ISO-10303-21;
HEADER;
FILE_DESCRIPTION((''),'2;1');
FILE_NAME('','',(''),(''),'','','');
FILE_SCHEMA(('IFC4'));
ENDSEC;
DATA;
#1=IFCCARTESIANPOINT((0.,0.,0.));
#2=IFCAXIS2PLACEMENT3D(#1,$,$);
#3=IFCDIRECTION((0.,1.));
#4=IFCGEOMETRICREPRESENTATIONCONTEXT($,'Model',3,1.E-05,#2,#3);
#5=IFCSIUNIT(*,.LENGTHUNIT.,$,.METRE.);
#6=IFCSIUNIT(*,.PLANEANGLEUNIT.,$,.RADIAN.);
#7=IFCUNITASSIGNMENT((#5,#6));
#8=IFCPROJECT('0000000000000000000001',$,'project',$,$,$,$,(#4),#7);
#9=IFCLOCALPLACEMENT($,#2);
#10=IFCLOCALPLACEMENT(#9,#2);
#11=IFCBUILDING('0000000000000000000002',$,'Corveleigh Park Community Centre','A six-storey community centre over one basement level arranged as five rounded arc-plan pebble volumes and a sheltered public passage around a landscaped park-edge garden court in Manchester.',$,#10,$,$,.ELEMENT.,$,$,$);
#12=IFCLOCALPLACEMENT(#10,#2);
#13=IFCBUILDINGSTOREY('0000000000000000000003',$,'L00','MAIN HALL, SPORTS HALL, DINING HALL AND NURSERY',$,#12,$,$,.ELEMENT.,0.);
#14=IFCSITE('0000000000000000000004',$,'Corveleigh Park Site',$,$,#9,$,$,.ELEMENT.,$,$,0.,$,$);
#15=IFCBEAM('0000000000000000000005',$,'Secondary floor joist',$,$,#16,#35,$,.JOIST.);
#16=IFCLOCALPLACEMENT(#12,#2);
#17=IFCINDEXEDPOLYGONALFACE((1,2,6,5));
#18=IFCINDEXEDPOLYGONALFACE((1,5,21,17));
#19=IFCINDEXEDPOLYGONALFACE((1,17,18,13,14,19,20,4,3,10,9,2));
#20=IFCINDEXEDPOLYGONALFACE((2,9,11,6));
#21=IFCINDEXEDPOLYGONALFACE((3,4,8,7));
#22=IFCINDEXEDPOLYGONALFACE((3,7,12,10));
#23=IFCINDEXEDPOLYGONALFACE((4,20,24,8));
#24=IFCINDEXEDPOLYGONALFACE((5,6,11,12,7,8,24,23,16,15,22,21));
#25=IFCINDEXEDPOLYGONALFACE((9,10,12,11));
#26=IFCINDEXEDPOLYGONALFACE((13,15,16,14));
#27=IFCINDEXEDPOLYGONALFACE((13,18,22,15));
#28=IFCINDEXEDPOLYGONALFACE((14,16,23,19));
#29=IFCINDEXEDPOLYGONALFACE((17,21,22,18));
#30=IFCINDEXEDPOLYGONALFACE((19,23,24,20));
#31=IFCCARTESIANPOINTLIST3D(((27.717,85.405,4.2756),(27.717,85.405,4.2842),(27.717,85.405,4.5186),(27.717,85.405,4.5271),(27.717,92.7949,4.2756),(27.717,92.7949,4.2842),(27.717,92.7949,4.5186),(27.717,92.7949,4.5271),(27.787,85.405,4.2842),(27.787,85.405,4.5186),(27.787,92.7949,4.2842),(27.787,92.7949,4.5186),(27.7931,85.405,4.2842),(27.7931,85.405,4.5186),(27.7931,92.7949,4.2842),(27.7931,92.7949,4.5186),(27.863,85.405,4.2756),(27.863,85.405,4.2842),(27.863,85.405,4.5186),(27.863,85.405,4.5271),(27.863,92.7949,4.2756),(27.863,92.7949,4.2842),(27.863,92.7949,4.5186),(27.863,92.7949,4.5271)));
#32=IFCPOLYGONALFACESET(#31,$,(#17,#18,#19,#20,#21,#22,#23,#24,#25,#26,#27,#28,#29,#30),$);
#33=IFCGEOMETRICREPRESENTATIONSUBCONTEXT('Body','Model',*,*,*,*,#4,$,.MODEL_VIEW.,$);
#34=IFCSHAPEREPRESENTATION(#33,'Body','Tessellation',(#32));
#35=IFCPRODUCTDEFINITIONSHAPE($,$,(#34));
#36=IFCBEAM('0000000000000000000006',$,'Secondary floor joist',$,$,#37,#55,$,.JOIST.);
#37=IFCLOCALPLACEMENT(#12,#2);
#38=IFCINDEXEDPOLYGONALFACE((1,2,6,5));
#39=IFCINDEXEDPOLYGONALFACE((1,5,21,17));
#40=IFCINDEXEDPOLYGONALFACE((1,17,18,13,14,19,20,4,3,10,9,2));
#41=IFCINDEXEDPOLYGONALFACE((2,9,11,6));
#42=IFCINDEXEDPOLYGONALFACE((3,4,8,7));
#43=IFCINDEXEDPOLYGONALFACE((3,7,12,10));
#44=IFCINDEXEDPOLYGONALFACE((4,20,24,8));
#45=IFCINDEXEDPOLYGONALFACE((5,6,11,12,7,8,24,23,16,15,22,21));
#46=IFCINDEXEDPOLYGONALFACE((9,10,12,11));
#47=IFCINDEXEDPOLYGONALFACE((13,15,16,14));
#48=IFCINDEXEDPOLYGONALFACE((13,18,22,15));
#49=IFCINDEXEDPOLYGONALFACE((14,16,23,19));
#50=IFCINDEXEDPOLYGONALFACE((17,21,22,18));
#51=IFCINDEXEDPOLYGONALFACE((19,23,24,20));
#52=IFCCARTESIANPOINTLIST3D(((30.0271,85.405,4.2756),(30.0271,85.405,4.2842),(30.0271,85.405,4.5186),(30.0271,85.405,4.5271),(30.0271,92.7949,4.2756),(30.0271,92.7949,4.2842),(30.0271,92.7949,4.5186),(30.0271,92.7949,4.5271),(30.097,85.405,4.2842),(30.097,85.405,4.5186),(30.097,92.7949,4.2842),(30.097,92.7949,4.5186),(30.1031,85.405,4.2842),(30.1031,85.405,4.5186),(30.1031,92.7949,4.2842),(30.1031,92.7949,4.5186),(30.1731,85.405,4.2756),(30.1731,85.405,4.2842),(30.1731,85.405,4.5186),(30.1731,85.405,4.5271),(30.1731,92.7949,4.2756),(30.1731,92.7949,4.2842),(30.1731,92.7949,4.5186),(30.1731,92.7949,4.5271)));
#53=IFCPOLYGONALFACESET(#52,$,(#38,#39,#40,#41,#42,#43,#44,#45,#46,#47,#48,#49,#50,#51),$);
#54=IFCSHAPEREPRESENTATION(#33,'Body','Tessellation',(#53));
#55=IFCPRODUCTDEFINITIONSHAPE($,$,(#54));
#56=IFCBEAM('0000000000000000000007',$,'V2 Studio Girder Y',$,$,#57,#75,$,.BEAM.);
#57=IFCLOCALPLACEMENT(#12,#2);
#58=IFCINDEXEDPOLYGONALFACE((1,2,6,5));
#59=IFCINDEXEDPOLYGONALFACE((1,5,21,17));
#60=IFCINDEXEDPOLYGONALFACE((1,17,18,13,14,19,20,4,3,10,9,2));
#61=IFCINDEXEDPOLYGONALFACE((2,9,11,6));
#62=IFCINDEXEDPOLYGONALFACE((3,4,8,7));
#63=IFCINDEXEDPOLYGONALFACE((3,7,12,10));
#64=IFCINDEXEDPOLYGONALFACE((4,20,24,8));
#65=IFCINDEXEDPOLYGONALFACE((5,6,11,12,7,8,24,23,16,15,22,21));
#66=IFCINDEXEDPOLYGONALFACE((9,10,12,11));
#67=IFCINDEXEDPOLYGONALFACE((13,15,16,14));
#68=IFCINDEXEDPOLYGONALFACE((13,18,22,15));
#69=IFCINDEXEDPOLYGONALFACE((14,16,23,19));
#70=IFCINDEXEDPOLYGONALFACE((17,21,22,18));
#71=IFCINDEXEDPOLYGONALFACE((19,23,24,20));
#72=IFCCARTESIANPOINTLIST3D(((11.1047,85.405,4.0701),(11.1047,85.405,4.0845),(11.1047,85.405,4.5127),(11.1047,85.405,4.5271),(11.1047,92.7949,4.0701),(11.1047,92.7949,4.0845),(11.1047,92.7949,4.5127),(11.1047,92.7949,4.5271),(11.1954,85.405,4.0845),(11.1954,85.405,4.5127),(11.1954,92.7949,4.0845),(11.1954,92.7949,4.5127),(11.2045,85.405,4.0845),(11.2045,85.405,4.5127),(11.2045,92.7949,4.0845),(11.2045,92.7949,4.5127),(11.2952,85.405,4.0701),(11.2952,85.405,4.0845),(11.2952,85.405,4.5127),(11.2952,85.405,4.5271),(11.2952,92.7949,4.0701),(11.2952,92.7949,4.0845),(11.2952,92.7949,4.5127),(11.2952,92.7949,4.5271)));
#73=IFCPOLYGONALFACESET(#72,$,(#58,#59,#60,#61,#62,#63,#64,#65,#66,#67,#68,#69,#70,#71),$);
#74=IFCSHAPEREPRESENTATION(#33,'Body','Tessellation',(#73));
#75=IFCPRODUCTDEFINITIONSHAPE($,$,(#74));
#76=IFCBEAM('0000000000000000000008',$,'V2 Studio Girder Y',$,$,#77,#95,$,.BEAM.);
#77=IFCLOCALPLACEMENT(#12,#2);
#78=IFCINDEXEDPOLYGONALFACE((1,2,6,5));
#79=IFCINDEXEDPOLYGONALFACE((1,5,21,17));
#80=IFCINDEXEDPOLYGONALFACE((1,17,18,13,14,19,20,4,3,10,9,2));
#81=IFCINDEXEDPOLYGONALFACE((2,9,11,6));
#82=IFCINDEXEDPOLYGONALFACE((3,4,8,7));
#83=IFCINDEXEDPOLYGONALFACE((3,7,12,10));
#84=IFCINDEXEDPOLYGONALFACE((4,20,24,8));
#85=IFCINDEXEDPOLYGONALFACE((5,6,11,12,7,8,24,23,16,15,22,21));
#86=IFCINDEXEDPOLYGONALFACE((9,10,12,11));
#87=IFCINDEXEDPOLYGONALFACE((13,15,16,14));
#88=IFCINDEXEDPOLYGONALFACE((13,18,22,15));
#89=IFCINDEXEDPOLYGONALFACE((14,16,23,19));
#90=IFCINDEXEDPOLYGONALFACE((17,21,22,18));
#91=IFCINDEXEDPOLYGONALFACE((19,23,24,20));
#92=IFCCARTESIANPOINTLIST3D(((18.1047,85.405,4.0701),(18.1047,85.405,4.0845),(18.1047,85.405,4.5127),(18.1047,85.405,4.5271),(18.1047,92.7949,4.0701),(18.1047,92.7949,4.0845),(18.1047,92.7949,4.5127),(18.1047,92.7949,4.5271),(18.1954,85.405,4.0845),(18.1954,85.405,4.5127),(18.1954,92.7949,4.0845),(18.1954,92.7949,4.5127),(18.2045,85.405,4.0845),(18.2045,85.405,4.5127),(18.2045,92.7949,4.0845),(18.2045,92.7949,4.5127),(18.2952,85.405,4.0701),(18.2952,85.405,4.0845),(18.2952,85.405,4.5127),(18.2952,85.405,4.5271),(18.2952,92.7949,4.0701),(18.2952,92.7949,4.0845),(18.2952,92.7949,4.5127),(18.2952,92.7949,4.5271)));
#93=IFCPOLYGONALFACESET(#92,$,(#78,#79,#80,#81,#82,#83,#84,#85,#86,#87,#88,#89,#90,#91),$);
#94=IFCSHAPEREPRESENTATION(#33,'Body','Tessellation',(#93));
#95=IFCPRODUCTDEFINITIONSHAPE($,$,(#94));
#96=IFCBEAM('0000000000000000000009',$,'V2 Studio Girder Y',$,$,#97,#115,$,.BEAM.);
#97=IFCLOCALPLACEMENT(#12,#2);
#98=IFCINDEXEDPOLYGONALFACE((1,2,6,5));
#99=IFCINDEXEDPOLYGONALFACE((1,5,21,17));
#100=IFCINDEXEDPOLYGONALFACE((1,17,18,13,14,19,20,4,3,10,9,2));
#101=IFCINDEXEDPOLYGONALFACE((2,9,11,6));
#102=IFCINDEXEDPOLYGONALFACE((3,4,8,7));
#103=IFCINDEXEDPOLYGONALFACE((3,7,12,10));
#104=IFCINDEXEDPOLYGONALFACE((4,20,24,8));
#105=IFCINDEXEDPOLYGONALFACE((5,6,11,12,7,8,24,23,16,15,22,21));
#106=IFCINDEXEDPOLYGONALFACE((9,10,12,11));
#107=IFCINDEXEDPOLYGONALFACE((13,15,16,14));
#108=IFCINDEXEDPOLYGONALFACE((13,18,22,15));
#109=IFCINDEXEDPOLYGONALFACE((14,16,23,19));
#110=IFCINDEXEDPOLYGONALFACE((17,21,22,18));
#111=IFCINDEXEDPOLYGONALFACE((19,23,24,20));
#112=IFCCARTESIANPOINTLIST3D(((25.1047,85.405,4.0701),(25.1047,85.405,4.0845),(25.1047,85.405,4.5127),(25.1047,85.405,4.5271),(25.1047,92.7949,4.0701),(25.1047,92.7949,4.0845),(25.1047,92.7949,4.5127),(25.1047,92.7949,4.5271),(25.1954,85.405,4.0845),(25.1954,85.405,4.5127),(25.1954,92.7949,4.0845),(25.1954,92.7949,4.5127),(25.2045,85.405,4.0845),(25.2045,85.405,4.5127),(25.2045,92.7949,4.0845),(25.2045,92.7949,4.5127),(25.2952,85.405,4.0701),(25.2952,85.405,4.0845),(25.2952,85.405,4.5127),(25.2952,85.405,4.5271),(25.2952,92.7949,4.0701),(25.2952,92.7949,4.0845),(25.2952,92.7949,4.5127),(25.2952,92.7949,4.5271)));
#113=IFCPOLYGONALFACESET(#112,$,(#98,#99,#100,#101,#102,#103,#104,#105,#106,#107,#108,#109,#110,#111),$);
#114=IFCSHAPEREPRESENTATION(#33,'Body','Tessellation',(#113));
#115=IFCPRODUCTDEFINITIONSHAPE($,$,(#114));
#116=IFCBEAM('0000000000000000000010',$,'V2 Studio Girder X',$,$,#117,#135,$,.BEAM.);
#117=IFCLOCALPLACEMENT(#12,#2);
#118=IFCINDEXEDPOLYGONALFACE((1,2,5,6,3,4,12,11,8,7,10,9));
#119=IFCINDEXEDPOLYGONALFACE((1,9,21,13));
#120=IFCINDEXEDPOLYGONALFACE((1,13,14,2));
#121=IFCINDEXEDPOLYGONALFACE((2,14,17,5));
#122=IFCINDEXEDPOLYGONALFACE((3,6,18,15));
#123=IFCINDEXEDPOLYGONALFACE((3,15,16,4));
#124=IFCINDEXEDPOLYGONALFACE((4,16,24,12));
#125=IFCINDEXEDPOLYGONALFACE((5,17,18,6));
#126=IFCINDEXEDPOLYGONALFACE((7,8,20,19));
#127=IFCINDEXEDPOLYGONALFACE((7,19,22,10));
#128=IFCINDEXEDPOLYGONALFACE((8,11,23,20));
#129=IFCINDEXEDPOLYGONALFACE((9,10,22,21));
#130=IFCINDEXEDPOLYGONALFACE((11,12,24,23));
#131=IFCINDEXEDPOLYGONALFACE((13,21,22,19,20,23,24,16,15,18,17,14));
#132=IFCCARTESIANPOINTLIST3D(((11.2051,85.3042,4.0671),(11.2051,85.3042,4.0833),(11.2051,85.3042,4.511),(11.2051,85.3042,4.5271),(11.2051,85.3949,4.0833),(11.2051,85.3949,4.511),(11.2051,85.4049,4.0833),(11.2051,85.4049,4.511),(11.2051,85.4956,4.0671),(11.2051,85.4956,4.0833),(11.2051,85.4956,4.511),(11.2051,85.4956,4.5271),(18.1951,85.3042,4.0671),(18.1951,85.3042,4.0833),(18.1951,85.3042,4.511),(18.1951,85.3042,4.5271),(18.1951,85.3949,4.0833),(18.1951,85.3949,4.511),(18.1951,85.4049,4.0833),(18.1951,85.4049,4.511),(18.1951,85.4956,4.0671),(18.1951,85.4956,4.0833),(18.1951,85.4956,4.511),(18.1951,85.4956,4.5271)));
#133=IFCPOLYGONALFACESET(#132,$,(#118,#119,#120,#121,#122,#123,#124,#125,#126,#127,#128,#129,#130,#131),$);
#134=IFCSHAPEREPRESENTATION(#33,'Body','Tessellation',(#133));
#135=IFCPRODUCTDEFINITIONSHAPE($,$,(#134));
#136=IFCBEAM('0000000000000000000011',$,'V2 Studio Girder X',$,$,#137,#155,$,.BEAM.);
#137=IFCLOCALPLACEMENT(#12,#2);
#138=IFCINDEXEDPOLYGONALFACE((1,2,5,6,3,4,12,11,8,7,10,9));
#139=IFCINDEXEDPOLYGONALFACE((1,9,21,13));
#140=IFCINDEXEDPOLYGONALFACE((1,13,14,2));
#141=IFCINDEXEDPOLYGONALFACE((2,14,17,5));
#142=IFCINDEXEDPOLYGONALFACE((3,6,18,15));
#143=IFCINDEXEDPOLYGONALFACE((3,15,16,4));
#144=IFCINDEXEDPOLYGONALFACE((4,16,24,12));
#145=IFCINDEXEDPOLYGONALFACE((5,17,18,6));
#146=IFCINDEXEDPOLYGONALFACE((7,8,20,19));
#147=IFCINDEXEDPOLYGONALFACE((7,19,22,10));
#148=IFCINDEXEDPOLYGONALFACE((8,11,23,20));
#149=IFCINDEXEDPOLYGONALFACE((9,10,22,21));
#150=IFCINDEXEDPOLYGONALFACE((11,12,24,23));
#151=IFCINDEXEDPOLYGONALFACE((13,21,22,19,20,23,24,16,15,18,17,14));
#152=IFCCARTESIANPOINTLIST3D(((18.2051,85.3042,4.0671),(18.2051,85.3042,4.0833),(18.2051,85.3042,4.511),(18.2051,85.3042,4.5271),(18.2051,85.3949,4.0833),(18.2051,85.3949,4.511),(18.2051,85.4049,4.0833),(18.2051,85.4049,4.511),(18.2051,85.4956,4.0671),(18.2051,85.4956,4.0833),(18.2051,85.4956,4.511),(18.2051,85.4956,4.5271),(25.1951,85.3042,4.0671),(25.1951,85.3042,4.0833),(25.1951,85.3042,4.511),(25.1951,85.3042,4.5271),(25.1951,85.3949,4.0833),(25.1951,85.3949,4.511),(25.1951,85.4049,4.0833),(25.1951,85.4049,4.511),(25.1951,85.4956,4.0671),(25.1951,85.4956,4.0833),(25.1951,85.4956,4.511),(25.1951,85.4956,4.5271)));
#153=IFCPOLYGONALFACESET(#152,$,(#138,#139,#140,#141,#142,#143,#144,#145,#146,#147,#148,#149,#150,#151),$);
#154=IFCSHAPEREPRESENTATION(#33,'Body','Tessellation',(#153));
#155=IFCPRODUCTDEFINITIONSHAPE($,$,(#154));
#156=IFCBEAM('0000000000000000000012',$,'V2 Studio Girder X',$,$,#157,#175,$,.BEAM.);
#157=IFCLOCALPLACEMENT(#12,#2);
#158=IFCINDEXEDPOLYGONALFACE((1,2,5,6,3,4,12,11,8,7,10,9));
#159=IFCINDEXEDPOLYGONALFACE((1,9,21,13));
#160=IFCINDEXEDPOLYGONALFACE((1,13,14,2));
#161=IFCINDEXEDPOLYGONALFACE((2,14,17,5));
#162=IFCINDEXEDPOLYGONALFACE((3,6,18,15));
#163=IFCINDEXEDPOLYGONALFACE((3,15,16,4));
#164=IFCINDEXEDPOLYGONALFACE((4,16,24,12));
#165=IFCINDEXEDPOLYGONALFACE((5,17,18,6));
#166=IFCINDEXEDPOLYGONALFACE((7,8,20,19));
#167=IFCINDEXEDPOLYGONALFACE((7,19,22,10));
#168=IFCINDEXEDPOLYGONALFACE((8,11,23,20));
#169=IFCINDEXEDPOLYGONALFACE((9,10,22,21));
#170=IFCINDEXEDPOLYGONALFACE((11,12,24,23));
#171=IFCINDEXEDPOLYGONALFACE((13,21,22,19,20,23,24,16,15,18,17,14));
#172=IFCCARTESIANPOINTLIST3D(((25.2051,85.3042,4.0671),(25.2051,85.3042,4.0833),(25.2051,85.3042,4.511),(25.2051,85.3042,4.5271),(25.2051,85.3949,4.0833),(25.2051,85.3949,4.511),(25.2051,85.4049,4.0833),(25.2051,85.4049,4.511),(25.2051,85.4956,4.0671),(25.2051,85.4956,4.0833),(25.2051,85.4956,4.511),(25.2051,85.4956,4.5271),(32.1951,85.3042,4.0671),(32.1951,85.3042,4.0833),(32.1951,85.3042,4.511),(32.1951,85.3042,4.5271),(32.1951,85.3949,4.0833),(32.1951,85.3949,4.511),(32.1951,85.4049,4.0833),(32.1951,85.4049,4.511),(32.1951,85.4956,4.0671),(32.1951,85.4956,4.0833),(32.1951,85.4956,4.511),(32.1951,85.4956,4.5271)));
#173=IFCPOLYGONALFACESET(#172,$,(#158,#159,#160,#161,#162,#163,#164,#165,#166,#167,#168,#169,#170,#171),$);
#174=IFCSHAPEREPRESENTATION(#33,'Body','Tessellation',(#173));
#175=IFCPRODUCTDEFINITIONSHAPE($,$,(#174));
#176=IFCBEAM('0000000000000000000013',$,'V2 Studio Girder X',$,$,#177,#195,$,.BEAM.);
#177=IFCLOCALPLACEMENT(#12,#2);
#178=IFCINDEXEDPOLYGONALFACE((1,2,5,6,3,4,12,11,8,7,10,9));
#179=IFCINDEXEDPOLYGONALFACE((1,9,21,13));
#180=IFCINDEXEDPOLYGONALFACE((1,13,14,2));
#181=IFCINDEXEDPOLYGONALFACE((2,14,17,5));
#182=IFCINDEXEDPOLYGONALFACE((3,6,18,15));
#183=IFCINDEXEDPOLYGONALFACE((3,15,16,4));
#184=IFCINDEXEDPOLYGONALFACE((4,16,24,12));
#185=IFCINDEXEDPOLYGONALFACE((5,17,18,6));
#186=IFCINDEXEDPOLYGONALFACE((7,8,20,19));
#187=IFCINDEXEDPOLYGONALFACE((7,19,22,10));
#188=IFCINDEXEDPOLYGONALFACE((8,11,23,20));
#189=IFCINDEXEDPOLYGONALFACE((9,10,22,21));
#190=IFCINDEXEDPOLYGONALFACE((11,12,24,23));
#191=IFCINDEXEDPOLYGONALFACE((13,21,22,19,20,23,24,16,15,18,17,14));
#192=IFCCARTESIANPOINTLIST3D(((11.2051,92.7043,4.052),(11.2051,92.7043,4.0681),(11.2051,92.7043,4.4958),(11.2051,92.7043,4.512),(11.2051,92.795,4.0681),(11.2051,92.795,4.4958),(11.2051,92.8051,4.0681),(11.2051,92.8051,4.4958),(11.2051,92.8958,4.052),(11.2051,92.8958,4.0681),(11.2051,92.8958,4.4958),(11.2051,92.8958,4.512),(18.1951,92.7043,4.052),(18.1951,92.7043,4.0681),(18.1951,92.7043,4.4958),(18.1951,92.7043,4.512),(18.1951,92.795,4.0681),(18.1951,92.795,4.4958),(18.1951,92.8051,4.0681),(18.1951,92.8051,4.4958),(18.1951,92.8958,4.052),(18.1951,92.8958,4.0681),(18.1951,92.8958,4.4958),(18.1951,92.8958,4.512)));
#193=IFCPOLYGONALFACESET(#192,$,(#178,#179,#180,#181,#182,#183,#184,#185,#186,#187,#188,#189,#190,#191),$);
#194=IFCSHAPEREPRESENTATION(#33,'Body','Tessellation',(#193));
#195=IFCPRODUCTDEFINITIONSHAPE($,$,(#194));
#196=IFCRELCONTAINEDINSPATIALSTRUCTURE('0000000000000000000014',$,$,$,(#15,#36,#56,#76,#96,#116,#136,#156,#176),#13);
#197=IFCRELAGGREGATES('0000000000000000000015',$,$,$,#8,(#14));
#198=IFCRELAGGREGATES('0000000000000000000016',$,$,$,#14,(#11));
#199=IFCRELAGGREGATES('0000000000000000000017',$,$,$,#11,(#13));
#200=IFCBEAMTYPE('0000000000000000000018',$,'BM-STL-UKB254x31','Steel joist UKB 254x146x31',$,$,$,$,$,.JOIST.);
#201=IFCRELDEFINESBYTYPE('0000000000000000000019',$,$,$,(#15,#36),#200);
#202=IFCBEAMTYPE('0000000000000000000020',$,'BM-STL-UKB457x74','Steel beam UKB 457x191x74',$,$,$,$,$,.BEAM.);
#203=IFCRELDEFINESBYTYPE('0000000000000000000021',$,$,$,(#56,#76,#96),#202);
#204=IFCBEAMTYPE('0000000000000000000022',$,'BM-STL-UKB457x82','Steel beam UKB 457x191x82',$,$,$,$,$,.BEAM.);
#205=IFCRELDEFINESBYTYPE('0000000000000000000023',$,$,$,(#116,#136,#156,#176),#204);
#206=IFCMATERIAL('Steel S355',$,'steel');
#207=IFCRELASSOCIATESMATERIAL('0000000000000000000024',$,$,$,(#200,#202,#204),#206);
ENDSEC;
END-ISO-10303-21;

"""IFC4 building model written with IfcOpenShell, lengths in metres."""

from ifc_helpers import new_model, si_unit, direction, frame, origin, origin_2d, place, context, subcontext, project, spatial, i_section, extrude, material, material_profile, profile_set, type_object, element, save


model = new_model("IFC4")

# Units and contexts
model_context = context("Model", 3, precision=1e-05, world=origin(), true_north=direction((0.0, 1.0)))
body_context = subcontext(model_context, "Body", "Model", "MODEL_VIEW")
ifc_project = project(units=[si_unit("LENGTHUNIT", "METRE"), si_unit("PLANEANGLEUNIT", "RADIAN")], contexts=[model_context])

# Site, building, storey
site_placement = place(None, origin())
site = spatial("IfcSite", under=ifc_project, at=site_placement, Name="Corveleigh Park Site", CompositionType="ELEMENT", RefElevation=0.0)
building_placement = place(site_placement, origin())
building = spatial("IfcBuilding", under=site, at=building_placement, Name="Corveleigh Park Community Centre", Description="A six-storey community centre over one basement level arranged as five rounded arc-plan pebble volumes and a sheltered public passage around a landscaped park-edge garden court in Manchester.", CompositionType="ELEMENT")
storey_placement = place(building_placement, origin())
storey = spatial("IfcBuildingStorey", under=building, at=storey_placement, Name="L00", Description="MAIN HALL, SPORTS HALL, DINING HALL AND NURSERY", CompositionType="ELEMENT", Elevation=0.0)

# Shared definitions
ifc_material_1 = material(Name="Steel S355", Category="steel")

# Beams
ifc_material_profile_1 = material_profile(ifc_material_1, i_section(OverallWidth=0.146, OverallDepth=0.2515, WebThickness=0.0061, FlangeThickness=0.0085, at=origin_2d()), Name="UKB 254x146x31", Category="steel")
ifc_profile_set_1 = profile_set([ifc_material_profile_1], Name="Steel S355")
beam_type_1 = type_object("IfcBeamType", Name="BM-STL-UKB254x31", Description="Steel joist UKB 254x146x31", PredefinedType="JOIST", material=ifc_profile_set_1)
for number, where, z_axis, x_axis, name in (
    (1, (27.79, 85.405, 4.4014), (0.0, 1.0, 0.0), (-1.0, 0.0, 0.0), "Secondary floor joist"),
    (2, (30.1001, 85.405, 4.4014), (0.0, 1.0, 0.0), (-1.0, 0.0, 0.0), "Secondary floor joist"),
):
    element("IfcBeam", number, at=place(storey_placement, frame(where, z_axis=z_axis, x_axis=x_axis)), inside=storey, type_object=beam_type_1, Name=name, PredefinedType="JOIST", context=body_context, shape_type="SweptSolid", body=[
        extrude(i_section(OverallWidth=0.146, OverallDepth=0.2515, WebThickness=0.0061, FlangeThickness=0.0085, at=origin_2d()), origin(), (0.0, 0.0, 1.0), 7.3899),
    ])
ifc_material_profile_2 = material_profile(ifc_material_1, i_section(OverallWidth=0.1904, OverallDepth=0.457, WebThickness=0.009, FlangeThickness=0.0144, at=origin_2d()), Name="UKB 457x191x74", Category="steel")
ifc_profile_set_2 = profile_set([ifc_material_profile_2], Name="Steel S355")
beam_type_2 = type_object("IfcBeamType", Name="BM-STL-UKB457x74", Description="Steel beam UKB 457x191x74", PredefinedType="BEAM", material=ifc_profile_set_2)
for number, where, z_axis, x_axis, name in (
    (3, (11.2, 85.405, 4.2986), (0.0, 1.0, 0.0), (-1.0, 0.0, 0.0), "V2 Studio Girder Y"),
    (4, (18.2, 85.405, 4.2986), (0.0, 1.0, 0.0), (-1.0, 0.0, 0.0), "V2 Studio Girder Y"),
    (5, (25.2, 85.405, 4.2986), (0.0, 1.0, 0.0), (-1.0, 0.0, 0.0), "V2 Studio Girder Y"),
):
    element("IfcBeam", number, at=place(storey_placement, frame(where, z_axis=z_axis, x_axis=x_axis)), inside=storey, type_object=beam_type_2, Name=name, PredefinedType="BEAM", context=body_context, shape_type="SweptSolid", body=[
        extrude(i_section(OverallWidth=0.1904, OverallDepth=0.457, WebThickness=0.009, FlangeThickness=0.0144, at=origin_2d()), origin(), (0.0, 0.0, 1.0), 7.3899),
    ])
ifc_material_profile_3 = material_profile(ifc_material_1, i_section(OverallWidth=0.1914, OverallDepth=0.46, WebThickness=0.01, FlangeThickness=0.0161, at=origin_2d()), Name="UKB 457x191x82", Category="steel")
ifc_profile_set_3 = profile_set([ifc_material_profile_3], Name="Steel S355")
beam_type_3 = type_object("IfcBeamType", Name="BM-STL-UKB457x82", Description="Steel beam UKB 457x191x82", PredefinedType="BEAM", material=ifc_profile_set_3)
for number, where, z_axis, x_axis, name in (
    (6, (11.2051, 85.3999, 4.2971), (1.0, 0.0, 0.0), (0.0, 1.0, 0.0), "V2 Studio Girder X"),
    (7, (18.2051, 85.3999, 4.2971), (1.0, 0.0, 0.0), (0.0, 1.0, 0.0), "V2 Studio Girder X"),
    (8, (25.2051, 85.3999, 4.2971), (1.0, 0.0, 0.0), (0.0, 1.0, 0.0), "V2 Studio Girder X"),
    (9, (11.2051, 92.8, 4.282), (1.0, 0.0, 0.0), (0.0, 1.0, 0.0), "V2 Studio Girder X"),
):
    element("IfcBeam", number, at=place(storey_placement, frame(where, z_axis=z_axis, x_axis=x_axis)), inside=storey, type_object=beam_type_3, Name=name, PredefinedType="BEAM", context=body_context, shape_type="SweptSolid", body=[
        extrude(i_section(OverallWidth=0.1914, OverallDepth=0.46, WebThickness=0.01, FlangeThickness=0.0161, at=origin_2d()), origin(), (0.0, 0.0, 1.0), 6.99),
    ])

save(model, "model.ifc")
